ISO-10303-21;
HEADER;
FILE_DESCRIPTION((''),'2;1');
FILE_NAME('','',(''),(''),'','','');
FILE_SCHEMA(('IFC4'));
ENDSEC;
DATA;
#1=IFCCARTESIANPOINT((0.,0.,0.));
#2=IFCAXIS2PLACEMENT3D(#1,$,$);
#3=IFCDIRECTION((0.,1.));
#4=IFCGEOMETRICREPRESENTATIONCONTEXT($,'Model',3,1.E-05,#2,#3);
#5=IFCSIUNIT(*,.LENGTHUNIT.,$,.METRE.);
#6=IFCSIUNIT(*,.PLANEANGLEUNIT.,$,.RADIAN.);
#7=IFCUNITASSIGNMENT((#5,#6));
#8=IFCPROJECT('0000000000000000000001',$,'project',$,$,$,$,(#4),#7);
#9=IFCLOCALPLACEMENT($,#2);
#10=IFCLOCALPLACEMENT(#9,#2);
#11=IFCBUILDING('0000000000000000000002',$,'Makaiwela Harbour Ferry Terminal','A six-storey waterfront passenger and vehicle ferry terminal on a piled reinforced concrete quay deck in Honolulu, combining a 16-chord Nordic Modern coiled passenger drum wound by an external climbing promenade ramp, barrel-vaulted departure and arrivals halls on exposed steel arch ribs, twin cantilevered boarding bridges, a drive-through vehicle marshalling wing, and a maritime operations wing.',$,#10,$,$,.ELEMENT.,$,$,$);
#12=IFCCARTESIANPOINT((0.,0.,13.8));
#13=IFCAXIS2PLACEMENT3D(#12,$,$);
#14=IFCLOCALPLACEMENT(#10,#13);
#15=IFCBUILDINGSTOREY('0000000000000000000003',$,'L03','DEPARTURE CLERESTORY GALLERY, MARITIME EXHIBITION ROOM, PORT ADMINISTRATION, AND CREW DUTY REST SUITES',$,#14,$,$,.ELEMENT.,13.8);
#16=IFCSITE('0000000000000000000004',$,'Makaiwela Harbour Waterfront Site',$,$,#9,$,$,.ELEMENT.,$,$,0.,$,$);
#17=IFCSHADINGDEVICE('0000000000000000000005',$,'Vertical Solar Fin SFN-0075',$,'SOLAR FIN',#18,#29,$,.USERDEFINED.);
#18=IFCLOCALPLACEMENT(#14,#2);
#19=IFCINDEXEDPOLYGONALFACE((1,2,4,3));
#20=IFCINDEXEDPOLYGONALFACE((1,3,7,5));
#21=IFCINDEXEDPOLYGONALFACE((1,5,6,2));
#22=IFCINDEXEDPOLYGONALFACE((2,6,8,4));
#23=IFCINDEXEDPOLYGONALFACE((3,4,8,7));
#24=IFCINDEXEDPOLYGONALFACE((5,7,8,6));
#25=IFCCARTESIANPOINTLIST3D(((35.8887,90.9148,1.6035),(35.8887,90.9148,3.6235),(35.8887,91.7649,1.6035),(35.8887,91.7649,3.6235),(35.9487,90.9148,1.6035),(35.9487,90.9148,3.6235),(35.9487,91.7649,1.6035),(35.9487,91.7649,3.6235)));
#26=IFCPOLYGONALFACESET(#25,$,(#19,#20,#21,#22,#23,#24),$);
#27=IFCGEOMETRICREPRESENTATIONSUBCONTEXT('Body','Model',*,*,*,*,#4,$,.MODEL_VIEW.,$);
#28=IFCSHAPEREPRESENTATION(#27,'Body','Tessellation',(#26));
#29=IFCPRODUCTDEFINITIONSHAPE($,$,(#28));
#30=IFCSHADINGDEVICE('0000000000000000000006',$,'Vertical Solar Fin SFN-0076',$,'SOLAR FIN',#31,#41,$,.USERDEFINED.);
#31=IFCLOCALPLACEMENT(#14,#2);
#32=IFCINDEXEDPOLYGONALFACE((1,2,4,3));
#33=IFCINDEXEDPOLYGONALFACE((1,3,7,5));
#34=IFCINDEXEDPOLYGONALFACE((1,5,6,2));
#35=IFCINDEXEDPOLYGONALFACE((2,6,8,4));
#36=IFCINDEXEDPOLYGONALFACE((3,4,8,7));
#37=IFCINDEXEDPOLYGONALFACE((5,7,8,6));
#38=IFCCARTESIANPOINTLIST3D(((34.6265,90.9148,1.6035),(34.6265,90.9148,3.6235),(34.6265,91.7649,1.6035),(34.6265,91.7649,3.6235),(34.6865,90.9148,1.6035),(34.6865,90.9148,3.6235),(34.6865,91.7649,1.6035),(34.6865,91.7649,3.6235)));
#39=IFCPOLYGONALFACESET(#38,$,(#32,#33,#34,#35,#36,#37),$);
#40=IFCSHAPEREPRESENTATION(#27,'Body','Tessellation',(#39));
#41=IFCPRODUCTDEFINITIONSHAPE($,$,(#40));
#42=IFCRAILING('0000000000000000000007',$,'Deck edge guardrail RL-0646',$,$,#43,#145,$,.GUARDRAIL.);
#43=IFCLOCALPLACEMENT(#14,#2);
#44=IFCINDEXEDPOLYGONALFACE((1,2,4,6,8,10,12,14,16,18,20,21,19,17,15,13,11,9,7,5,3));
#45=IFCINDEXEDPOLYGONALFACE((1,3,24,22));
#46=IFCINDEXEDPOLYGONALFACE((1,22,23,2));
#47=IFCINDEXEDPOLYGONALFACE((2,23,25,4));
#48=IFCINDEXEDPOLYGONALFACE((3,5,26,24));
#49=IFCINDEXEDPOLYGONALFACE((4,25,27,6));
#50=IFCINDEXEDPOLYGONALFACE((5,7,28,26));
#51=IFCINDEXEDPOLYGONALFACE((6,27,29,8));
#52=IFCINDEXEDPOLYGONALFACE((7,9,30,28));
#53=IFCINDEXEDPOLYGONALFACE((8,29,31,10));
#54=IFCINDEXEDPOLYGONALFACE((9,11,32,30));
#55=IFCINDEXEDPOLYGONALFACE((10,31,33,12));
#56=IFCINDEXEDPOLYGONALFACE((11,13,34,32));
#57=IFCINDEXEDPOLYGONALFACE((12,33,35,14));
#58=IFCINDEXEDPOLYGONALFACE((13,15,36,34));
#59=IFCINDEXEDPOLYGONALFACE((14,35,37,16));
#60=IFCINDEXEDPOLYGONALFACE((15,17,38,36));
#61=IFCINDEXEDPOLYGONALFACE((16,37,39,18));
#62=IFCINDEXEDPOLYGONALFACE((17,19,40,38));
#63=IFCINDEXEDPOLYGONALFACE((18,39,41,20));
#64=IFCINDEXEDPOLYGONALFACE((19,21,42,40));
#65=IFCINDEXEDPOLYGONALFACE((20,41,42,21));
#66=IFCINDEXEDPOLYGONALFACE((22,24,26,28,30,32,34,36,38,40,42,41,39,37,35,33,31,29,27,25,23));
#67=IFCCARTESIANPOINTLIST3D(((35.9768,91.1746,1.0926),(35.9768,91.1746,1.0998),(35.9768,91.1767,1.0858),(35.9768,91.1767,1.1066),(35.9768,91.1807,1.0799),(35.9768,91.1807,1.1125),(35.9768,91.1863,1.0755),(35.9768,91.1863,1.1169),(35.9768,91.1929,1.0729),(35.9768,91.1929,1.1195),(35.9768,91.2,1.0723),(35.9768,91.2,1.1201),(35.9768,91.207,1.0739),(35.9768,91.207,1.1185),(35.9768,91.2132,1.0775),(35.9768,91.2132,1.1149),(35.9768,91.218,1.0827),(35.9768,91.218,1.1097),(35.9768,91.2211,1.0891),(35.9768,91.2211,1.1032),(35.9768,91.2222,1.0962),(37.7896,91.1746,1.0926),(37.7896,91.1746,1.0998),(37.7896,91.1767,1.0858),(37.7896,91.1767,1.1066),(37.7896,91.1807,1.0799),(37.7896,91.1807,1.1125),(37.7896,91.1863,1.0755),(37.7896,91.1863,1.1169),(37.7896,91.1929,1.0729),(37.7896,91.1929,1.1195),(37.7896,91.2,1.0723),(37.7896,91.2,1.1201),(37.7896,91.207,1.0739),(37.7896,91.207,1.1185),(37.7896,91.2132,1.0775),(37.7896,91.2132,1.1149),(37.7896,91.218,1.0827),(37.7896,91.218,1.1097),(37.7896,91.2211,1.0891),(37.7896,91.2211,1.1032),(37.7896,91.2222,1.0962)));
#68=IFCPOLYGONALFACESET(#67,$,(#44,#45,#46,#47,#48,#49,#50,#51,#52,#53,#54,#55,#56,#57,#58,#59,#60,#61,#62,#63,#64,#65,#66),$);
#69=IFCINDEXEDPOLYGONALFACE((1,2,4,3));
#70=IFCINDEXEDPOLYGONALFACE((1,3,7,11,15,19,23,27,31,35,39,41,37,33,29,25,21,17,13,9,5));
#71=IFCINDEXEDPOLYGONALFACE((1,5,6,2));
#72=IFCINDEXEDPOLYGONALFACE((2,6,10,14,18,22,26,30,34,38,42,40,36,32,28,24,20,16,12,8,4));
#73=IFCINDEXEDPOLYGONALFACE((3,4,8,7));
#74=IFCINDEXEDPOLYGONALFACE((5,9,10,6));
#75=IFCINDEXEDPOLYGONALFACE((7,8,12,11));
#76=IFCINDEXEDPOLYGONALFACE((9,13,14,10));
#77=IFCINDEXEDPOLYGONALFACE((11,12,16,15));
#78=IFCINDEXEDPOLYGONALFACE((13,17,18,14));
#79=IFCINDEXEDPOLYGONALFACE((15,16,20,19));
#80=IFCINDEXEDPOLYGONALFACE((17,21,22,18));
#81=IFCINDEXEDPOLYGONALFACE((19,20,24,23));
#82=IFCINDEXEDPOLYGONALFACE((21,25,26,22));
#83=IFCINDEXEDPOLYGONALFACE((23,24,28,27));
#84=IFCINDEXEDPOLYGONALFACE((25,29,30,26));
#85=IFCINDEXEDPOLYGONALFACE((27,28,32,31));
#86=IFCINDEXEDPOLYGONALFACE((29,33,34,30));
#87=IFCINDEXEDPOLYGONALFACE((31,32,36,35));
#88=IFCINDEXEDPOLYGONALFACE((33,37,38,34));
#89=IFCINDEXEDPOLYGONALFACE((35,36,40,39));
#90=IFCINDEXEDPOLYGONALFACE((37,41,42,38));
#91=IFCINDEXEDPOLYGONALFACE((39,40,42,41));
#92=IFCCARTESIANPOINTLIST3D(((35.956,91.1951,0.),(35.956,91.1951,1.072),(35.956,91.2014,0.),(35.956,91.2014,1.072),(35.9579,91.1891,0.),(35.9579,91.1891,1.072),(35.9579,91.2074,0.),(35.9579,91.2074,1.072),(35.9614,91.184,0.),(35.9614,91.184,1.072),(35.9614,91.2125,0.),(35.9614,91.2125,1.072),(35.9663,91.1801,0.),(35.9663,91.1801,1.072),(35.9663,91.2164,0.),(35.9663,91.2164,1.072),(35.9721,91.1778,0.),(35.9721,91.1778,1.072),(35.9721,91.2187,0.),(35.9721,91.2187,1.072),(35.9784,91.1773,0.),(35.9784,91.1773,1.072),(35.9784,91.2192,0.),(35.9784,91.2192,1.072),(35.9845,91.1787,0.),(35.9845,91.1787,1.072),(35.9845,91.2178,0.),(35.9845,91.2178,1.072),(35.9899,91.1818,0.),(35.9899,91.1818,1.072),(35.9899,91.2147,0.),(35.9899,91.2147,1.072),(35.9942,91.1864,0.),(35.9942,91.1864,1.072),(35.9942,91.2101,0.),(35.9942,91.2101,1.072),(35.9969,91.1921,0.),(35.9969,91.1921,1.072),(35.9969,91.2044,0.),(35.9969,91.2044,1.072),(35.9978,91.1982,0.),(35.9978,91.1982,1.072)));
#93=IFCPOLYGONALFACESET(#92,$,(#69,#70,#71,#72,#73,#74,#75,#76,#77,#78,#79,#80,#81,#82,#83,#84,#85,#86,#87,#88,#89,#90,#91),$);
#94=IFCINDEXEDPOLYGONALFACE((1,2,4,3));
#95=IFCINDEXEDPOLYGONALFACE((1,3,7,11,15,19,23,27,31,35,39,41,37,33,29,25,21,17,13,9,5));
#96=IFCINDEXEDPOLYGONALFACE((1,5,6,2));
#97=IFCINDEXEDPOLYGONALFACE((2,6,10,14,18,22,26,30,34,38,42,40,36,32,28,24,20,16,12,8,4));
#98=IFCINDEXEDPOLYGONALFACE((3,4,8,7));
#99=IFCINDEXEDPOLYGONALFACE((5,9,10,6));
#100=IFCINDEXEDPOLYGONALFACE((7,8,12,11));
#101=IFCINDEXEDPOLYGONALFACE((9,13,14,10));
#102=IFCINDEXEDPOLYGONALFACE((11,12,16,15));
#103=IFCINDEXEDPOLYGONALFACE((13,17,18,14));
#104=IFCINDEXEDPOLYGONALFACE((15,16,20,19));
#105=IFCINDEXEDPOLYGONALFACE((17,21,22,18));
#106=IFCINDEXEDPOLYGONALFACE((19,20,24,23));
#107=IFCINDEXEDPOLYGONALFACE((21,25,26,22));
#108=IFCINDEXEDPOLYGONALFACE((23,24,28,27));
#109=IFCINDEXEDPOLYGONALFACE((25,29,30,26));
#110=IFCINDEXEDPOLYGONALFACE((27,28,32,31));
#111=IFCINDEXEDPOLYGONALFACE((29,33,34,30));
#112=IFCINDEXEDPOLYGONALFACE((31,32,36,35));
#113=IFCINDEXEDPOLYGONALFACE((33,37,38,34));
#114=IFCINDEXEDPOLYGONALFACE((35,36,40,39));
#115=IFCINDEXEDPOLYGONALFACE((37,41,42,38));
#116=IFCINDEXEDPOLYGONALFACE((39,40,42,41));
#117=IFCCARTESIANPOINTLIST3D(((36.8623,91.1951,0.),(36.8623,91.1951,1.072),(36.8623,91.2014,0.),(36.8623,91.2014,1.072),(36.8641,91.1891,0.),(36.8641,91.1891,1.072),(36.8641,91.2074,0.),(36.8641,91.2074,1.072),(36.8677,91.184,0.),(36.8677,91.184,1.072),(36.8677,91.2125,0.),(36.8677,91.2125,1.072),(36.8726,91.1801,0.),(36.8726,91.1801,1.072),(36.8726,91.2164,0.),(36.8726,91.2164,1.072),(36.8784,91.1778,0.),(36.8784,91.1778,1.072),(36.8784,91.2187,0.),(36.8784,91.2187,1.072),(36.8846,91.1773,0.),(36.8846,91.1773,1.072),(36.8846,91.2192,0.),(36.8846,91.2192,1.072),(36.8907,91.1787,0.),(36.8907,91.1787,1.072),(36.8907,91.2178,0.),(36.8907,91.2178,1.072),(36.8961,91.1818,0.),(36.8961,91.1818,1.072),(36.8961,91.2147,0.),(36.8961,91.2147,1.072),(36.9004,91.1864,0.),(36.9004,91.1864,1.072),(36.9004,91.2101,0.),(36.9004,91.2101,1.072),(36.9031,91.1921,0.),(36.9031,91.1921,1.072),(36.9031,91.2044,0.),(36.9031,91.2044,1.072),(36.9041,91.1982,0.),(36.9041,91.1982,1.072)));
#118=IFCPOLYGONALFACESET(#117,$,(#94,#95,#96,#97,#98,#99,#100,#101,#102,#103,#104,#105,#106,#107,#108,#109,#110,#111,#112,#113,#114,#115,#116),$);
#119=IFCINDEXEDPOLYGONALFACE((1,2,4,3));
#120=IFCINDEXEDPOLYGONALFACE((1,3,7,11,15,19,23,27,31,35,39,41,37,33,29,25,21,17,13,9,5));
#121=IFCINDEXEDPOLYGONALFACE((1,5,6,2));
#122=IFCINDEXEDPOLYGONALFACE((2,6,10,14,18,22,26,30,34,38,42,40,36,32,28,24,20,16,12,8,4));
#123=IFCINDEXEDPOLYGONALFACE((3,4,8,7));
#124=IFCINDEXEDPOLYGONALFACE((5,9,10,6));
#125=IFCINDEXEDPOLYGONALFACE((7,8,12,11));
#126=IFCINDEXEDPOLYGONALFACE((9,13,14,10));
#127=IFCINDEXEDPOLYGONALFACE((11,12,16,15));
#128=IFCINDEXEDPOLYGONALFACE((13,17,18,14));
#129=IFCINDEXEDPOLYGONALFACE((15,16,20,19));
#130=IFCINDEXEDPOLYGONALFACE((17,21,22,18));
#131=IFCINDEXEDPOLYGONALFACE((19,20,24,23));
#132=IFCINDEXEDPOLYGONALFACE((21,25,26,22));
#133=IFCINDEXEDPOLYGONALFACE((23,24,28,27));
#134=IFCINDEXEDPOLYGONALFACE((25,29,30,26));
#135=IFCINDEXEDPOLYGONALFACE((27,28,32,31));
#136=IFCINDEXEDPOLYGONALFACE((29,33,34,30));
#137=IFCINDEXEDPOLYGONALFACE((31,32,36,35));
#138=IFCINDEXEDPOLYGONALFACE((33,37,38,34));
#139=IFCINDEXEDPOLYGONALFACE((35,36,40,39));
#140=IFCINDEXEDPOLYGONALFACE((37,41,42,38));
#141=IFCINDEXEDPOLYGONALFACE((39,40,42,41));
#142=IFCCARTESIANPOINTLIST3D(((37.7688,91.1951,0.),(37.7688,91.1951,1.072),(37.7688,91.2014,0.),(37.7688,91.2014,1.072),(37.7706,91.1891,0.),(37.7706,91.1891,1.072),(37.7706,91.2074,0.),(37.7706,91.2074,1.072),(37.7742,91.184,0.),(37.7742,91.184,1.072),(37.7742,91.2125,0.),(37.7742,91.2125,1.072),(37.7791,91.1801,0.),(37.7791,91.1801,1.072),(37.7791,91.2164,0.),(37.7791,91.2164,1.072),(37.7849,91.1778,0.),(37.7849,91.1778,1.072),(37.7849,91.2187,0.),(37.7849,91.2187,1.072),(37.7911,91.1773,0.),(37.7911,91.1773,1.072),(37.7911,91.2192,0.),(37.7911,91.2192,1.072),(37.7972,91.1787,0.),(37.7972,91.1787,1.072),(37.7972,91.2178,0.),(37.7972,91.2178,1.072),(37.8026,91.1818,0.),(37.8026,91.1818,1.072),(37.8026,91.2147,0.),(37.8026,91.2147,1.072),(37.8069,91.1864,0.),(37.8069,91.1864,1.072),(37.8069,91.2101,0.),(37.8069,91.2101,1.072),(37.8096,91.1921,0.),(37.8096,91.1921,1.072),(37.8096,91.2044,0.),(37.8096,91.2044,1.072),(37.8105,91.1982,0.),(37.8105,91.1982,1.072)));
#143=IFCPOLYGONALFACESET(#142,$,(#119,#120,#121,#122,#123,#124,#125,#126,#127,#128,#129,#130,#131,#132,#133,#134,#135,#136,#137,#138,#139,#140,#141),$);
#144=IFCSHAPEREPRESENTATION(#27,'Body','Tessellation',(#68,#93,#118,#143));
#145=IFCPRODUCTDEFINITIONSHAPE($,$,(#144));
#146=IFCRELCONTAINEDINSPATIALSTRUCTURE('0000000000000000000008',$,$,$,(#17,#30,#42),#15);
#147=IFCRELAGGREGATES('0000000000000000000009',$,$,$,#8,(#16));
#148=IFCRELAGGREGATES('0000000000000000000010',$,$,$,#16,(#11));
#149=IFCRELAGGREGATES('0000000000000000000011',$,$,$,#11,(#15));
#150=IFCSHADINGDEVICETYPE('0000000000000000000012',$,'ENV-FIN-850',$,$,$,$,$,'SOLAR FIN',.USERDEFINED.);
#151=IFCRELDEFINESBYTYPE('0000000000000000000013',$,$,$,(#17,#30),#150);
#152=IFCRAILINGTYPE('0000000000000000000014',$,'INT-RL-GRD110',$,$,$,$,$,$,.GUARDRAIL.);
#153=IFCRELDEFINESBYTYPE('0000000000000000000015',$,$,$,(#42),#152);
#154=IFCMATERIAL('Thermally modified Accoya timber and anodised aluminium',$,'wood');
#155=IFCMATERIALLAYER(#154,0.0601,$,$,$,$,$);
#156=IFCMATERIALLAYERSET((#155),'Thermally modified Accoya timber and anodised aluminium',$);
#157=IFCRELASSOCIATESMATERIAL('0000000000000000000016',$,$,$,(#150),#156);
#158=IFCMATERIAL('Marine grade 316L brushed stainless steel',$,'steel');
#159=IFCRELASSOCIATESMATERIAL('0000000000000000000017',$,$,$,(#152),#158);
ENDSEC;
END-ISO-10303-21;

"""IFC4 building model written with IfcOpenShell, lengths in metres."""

from ifc_helpers import new_model, si_unit, direction, frame, origin, origin_2d, place, context, subcontext, project, spatial, rectangle, circle, extrude, material, layer, layer_set, type_object, element, save


model = new_model("IFC4")

# Units and contexts
model_context = context("Model", 3, precision=1e-05, world=origin(), true_north=direction((0.0, 1.0)))
body_context = subcontext(model_context, "Body", "Model", "MODEL_VIEW")
ifc_project = project(units=[si_unit("LENGTHUNIT", "METRE"), si_unit("PLANEANGLEUNIT", "RADIAN")], contexts=[model_context])

# Site, building, storey
site_placement = place(None, origin())
site = spatial("IfcSite", under=ifc_project, at=site_placement, Name="Makaiwela Harbour Waterfront Site", CompositionType="ELEMENT", RefElevation=0.0)
building_placement = place(site_placement, origin())
building = spatial("IfcBuilding", under=site, at=building_placement, Name="Makaiwela Harbour Ferry Terminal", Description="A six-storey waterfront passenger and vehicle ferry terminal on a piled reinforced concrete quay deck in Honolulu, combining a 16-chord Nordic Modern coiled passenger drum wound by an external climbing promenade ramp, barrel-vaulted departure and arrivals halls on exposed steel arch ribs, twin cantilevered boarding bridges, a drive-through vehicle marshalling wing, and a maritime operations wing.", CompositionType="ELEMENT")
storey_placement = place(building_placement, frame((0.0, 0.0, 13.8)))
storey = spatial("IfcBuildingStorey", under=building, at=storey_placement, Name="L03", Description="DEPARTURE CLERESTORY GALLERY, MARITIME EXHIBITION ROOM, PORT ADMINISTRATION, AND CREW DUTY REST SUITES", CompositionType="ELEMENT", Elevation=13.8)

# Shading devices
ifc_material_1 = material(Name="Thermally modified Accoya timber and anodised aluminium", Category="wood")
ifc_layer_1 = layer(ifc_material_1, 0.0601)
ifc_layer_set_1 = layer_set([ifc_layer_1], Name="Thermally modified Accoya timber and anodised aluminium")
shading_device_type = type_object("IfcShadingDeviceType", Name="ENV-FIN-850", ElementType="SOLAR FIN", PredefinedType="USERDEFINED", material=ifc_layer_set_1)
for number, where, z_axis, x_axis, name in (
    (1, (35.9187, 91.3398, 1.6035), (0.0, 0.0, 1.0), (0.0, 1.0, 0.0), "Vertical Solar Fin SFN-0075"),
    (2, (34.6565, 91.3398, 1.6035), (0.0, 0.0, 1.0), (0.0, 1.0, 0.0), "Vertical Solar Fin SFN-0076"),
):
    element("IfcShadingDevice", number, at=place(storey_placement, frame(where, z_axis=z_axis, x_axis=x_axis)), inside=storey, type_object=shading_device_type, Name=name, ObjectType="SOLAR FIN", PredefinedType="USERDEFINED", context=body_context, shape_type="SweptSolid", body=[
        extrude(rectangle(XDim=0.8501, YDim=0.0601, at=origin_2d()), origin(), (0.0, 0.0, 1.0), 2.02),
    ])

# Railing
ifc_material_2 = material(Name="Marine grade 316L brushed stainless steel", Category="steel")
railing_type = type_object("IfcRailingType", Name="INT-RL-GRD110", PredefinedType="GUARDRAIL", material=ifc_material_2)
railing_placement = place(storey_placement, frame((35.9768, 91.1982, 0.0)))
element("IfcRailing", 3, at=railing_placement, inside=storey, type_object=railing_type, Name="Deck edge guardrail RL-0646", PredefinedType="GUARDRAIL", context=body_context, shape_type="SweptSolid", body=[
    extrude(circle(Radius=0.0239, at=origin_2d()), frame((0.0, 0.0, 1.0962), z_axis=(1.0, 0.0, 0.0), x_axis=(0.0, 1.0, 0.0)), (0.0, 0.0, 1.0), 1.8127),
    extrude(circle(Radius=0.021, at=origin_2d()), origin(), (0.0, 0.0, 1.0), 1.072),
    extrude(circle(Radius=0.021, at=origin_2d()), frame((0.9062, 0.0, 0.0)), (0.0, 0.0, 1.0), 1.072),
    extrude(circle(Radius=0.021, at=origin_2d()), frame((1.8127, 0.0, 0.0)), (0.0, 0.0, 1.0), 1.072),
])

save(model, "model.ifc")
